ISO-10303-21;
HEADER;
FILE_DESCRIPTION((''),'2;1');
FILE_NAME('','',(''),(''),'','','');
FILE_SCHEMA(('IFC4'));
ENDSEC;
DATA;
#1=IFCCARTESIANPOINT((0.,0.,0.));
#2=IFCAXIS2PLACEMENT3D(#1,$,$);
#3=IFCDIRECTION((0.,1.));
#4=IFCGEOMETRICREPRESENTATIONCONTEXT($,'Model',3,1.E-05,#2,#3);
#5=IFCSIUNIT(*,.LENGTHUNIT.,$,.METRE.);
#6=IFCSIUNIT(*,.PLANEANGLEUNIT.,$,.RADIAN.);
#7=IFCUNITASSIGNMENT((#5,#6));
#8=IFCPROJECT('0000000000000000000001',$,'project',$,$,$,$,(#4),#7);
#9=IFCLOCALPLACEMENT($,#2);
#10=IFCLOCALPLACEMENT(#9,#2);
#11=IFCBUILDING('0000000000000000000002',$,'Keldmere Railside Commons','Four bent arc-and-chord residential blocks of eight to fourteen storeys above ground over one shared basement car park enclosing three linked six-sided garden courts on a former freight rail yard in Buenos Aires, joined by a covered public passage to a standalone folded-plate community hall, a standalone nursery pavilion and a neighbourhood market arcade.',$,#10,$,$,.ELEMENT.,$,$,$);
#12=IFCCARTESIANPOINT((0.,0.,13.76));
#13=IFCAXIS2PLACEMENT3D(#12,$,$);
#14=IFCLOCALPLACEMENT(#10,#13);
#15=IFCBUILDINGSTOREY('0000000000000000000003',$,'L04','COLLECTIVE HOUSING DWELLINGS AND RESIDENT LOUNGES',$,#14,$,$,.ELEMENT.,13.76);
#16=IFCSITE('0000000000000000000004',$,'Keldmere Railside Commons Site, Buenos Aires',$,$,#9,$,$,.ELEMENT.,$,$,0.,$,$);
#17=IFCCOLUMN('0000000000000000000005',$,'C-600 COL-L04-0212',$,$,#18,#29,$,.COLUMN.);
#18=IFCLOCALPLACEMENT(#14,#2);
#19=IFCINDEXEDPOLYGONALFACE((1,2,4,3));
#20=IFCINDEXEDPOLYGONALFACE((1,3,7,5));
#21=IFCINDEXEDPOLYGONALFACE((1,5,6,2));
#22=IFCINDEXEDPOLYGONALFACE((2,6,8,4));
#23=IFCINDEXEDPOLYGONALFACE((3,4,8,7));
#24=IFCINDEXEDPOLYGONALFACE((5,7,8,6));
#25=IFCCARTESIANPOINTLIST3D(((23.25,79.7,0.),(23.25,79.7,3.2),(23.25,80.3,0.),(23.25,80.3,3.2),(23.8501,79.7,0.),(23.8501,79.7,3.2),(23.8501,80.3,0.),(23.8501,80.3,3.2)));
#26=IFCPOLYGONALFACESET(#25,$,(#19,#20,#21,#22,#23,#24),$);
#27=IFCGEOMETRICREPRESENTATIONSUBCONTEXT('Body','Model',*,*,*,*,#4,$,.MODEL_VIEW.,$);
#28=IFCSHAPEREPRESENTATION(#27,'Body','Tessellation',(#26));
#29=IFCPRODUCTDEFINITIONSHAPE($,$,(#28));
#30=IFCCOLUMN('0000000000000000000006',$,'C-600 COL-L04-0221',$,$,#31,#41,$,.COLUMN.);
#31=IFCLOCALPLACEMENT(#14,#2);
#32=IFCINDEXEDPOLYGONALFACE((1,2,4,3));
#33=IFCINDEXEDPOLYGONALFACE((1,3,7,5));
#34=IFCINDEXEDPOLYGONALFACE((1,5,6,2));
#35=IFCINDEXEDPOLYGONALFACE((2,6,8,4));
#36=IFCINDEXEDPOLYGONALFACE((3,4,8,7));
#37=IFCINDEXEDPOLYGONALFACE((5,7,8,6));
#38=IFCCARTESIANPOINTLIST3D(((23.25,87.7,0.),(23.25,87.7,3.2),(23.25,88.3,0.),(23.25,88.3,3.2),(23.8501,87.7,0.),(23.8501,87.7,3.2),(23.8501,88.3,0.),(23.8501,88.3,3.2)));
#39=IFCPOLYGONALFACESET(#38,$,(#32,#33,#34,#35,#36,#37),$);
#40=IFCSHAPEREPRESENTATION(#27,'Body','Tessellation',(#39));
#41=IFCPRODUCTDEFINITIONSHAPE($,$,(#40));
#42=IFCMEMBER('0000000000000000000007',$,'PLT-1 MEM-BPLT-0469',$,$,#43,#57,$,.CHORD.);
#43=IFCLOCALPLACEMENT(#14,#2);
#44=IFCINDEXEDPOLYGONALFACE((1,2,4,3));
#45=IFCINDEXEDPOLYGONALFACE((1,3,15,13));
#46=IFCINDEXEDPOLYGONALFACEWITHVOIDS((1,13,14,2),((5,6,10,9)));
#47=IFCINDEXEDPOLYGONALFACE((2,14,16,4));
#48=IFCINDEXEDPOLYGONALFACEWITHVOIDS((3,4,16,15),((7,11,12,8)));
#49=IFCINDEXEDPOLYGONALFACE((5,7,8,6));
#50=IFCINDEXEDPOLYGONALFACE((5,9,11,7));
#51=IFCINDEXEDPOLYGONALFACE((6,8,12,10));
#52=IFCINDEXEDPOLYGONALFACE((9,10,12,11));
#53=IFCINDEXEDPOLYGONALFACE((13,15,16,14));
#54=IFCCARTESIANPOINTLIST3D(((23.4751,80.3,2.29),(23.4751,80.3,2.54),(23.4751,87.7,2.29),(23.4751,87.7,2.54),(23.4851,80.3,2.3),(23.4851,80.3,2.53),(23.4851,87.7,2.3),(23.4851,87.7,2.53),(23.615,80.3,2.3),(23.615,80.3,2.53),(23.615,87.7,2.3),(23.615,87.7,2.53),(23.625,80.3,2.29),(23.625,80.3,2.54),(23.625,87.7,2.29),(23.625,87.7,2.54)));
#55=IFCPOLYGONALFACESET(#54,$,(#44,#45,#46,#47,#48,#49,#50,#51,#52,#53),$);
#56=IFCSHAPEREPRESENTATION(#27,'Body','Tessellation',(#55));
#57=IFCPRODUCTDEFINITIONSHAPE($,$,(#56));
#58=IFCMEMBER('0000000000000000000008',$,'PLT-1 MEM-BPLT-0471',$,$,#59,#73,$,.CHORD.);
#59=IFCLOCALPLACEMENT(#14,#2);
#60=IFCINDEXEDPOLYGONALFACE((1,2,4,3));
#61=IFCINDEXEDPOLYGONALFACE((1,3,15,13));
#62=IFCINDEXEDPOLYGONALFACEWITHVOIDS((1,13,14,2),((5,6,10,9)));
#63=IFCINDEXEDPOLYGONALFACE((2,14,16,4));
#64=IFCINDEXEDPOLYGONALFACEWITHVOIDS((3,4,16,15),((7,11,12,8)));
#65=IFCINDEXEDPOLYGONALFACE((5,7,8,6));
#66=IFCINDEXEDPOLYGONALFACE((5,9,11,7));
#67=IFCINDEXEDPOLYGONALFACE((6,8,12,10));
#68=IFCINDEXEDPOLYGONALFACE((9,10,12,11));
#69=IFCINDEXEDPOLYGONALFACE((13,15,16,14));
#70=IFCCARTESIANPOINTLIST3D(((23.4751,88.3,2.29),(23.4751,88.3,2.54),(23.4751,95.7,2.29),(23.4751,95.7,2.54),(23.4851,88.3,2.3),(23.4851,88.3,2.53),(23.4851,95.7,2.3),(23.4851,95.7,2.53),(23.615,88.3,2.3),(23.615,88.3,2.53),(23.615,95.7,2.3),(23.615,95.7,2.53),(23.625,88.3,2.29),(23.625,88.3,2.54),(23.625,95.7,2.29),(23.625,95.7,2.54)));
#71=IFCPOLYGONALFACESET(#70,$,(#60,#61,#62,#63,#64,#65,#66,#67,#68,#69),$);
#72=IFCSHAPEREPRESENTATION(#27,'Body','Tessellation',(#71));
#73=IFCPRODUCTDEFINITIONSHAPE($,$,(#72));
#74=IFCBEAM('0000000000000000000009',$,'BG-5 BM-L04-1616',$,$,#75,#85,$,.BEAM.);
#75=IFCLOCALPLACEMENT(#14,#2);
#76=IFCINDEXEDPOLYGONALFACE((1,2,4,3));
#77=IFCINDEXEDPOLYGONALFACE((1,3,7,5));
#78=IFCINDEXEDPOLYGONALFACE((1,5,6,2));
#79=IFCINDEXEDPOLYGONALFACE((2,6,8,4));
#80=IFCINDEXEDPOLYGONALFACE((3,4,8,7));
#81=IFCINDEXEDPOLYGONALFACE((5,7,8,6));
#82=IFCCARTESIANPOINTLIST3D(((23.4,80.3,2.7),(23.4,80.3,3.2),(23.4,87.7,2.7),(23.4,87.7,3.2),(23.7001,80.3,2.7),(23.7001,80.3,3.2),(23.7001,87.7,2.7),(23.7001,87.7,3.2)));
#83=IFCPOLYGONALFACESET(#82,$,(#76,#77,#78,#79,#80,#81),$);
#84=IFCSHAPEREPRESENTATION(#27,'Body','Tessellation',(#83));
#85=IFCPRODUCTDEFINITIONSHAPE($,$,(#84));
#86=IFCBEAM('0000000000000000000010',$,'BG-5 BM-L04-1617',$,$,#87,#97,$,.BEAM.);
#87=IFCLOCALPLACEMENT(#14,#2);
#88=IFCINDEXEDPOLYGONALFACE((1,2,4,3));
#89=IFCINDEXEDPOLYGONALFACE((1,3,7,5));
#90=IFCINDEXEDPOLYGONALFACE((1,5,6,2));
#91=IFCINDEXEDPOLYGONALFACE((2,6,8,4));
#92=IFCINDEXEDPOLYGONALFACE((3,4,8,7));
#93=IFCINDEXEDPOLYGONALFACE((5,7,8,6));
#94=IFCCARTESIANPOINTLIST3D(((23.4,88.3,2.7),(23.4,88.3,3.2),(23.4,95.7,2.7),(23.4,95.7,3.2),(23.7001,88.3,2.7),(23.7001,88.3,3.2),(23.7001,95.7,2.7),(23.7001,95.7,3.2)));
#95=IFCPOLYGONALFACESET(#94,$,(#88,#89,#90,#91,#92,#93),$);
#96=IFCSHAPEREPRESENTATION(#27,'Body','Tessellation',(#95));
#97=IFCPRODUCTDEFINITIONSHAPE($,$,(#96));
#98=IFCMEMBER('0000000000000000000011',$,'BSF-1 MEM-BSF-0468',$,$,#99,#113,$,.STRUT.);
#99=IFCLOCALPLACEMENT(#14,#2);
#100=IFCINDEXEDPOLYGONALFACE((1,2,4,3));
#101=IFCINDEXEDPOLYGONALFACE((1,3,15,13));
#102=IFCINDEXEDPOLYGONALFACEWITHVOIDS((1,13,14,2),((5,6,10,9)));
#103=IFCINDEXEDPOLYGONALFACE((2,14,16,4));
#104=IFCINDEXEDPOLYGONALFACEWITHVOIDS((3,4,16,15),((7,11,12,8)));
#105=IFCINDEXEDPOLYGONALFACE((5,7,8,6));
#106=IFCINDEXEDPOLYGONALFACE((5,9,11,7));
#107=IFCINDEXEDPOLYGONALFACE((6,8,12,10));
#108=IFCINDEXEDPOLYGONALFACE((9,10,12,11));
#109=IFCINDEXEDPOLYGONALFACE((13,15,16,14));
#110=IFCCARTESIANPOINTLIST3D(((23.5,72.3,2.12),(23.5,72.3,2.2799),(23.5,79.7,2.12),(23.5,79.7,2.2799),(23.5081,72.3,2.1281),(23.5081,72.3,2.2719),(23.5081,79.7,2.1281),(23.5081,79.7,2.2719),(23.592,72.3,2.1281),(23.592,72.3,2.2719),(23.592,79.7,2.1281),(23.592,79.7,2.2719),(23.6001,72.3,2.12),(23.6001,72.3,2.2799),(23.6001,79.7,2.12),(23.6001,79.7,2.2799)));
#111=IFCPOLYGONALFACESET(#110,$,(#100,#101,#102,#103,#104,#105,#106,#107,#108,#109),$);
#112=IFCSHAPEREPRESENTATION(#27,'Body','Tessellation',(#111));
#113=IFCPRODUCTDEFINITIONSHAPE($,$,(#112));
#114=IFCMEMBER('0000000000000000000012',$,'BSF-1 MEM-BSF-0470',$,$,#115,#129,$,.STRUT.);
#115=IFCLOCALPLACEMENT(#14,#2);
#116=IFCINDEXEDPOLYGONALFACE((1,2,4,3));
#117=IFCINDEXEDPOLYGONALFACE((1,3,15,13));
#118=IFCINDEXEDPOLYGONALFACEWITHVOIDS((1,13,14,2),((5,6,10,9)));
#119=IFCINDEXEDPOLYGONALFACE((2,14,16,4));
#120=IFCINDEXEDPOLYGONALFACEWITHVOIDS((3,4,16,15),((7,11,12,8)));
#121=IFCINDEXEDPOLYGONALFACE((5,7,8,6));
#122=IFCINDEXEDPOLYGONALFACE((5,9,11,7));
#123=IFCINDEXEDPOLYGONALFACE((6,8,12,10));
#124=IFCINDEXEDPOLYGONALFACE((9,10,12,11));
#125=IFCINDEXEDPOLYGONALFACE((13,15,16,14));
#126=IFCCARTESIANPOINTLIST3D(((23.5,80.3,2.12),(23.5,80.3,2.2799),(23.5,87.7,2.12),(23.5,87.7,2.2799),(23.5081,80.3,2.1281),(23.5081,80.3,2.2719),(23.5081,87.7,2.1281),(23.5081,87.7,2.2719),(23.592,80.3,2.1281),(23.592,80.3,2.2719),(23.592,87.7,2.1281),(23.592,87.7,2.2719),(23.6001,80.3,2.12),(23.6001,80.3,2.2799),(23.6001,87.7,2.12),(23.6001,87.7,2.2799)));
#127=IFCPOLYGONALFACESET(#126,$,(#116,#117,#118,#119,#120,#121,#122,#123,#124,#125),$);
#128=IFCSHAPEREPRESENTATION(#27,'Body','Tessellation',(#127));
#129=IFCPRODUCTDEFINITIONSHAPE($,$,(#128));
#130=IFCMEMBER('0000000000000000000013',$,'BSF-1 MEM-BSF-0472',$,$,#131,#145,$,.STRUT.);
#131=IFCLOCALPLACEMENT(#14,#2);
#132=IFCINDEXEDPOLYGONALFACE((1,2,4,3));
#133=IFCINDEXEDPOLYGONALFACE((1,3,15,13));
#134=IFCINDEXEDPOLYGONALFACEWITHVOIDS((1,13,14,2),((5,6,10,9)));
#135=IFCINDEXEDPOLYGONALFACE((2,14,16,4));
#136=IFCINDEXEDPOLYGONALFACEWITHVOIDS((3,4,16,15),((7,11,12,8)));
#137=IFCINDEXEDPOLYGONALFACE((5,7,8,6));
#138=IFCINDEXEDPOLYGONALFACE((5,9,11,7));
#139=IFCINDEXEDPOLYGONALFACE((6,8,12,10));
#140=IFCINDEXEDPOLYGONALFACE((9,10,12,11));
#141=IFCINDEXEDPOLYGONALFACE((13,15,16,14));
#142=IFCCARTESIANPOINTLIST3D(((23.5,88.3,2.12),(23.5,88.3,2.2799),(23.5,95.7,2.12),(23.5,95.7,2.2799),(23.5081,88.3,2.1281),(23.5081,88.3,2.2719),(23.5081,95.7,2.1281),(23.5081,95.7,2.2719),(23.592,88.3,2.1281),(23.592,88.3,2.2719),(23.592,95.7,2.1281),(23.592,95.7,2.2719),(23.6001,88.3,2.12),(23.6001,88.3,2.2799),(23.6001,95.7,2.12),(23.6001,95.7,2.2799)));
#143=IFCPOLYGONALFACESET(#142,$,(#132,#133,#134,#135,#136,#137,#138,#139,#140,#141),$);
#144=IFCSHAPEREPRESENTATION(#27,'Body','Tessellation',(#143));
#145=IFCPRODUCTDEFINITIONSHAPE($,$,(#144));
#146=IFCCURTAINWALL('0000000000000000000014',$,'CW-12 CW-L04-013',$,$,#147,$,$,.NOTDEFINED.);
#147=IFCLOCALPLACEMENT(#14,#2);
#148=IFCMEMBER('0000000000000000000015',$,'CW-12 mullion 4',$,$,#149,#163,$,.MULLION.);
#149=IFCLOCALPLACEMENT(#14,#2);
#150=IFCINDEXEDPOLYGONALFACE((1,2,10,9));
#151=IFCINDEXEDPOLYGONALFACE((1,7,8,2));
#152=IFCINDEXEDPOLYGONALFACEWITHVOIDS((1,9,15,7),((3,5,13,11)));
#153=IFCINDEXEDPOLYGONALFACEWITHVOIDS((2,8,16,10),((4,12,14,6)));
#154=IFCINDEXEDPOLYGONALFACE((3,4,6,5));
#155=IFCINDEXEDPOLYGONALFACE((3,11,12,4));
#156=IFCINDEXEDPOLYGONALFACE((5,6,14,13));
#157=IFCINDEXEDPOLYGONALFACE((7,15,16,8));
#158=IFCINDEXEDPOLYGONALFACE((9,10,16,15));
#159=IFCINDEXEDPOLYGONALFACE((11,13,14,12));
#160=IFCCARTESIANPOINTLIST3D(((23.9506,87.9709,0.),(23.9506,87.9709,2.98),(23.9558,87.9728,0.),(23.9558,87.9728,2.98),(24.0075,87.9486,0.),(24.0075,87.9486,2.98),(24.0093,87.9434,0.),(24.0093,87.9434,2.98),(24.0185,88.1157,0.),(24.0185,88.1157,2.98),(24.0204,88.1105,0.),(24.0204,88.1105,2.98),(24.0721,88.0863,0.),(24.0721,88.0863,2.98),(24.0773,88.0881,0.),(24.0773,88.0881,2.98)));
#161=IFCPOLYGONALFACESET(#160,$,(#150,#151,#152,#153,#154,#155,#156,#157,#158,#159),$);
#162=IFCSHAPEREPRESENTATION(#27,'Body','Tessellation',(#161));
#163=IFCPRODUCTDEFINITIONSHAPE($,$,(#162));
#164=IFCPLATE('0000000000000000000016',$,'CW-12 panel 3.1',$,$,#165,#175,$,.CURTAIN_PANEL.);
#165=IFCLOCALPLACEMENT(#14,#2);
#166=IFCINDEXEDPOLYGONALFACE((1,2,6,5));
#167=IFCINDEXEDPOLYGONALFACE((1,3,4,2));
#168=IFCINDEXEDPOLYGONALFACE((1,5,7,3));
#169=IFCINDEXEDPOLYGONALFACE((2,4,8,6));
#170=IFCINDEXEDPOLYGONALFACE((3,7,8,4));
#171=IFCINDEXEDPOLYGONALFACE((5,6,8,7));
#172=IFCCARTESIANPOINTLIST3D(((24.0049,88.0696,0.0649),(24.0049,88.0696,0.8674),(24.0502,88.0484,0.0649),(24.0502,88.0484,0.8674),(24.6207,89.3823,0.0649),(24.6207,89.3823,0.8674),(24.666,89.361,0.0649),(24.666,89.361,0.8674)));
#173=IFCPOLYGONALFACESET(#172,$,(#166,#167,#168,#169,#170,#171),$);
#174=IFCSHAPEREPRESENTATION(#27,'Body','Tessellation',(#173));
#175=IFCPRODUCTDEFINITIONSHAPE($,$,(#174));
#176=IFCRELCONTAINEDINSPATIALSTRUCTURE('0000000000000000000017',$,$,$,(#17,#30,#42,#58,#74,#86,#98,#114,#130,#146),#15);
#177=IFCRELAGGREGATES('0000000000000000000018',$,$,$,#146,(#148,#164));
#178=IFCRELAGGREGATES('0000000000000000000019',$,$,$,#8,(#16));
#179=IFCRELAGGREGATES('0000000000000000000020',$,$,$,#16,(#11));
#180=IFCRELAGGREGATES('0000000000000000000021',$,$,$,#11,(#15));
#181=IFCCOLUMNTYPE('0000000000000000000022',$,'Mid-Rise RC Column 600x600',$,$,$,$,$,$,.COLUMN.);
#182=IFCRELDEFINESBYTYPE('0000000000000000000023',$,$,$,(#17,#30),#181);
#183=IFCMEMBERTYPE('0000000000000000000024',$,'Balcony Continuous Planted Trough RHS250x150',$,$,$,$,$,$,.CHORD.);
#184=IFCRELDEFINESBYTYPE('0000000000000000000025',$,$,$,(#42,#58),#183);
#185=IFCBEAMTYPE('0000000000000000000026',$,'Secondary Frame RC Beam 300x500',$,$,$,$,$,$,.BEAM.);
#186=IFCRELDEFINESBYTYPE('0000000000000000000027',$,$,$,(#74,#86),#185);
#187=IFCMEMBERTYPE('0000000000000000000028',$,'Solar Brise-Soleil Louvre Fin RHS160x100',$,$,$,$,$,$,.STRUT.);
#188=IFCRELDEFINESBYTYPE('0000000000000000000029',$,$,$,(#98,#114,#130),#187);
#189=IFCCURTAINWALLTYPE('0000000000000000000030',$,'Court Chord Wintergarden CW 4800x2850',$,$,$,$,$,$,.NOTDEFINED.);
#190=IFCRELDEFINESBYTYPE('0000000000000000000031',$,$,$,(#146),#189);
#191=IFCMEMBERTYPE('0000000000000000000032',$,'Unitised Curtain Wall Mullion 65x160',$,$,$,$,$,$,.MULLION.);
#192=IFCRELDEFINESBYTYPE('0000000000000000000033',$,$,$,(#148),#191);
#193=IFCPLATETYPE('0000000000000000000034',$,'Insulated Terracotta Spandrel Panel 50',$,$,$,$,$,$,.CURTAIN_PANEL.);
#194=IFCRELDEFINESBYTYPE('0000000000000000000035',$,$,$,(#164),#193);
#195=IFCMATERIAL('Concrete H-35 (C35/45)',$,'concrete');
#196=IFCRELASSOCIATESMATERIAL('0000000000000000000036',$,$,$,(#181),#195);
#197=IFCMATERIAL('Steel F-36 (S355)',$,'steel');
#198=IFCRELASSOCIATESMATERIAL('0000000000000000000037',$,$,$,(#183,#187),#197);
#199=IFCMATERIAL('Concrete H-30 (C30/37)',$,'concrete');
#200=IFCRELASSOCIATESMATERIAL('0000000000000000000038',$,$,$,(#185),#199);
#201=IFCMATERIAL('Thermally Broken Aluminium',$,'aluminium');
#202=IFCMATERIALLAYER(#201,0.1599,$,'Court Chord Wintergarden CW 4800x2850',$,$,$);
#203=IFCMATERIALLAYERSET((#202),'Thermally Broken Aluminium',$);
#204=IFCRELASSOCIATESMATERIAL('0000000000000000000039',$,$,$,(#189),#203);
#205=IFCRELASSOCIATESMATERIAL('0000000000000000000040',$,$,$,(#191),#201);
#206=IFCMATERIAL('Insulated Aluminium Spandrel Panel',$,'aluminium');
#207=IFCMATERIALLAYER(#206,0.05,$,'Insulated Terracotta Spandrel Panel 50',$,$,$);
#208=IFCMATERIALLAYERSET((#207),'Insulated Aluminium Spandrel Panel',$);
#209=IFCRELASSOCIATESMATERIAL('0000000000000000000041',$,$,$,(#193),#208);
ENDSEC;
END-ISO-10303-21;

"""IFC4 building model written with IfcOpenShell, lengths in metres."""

from ifc_helpers import new_model, si_unit, direction, frame, origin, origin_2d, place, context, subcontext, project, spatial, rectangle, hollow_rectangle, extrude, material, layer, layer_set, material_profile, profile_set, type_object, element, aggregate, save


model = new_model("IFC4")

# Units and contexts
model_context = context("Model", 3, precision=1e-05, world=origin(), true_north=direction((0.0, 1.0)))
body_context = subcontext(model_context, "Body", "Model", "MODEL_VIEW")
ifc_project = project(units=[si_unit("LENGTHUNIT", "METRE"), si_unit("PLANEANGLEUNIT", "RADIAN")], contexts=[model_context])

# Site, building, storey
site_placement = place(None, origin())
site = spatial("IfcSite", under=ifc_project, at=site_placement, Name="Keldmere Railside Commons Site, Buenos Aires", CompositionType="ELEMENT", RefElevation=0.0)
building_placement = place(site_placement, origin())
building = spatial("IfcBuilding", under=site, at=building_placement, Name="Keldmere Railside Commons", Description="Four bent arc-and-chord residential blocks of eight to fourteen storeys above ground over one shared basement car park enclosing three linked six-sided garden courts on a former freight rail yard in Buenos Aires, joined by a covered public passage to a standalone folded-plate community hall, a standalone nursery pavilion and a neighbourhood market arcade.", CompositionType="ELEMENT")
storey_placement = place(building_placement, frame((0.0, 0.0, 13.76)))
storey = spatial("IfcBuildingStorey", under=building, at=storey_placement, Name="L04", Description="COLLECTIVE HOUSING DWELLINGS AND RESIDENT LOUNGES", CompositionType="ELEMENT", Elevation=13.76)

# Columns
ifc_material_1 = material(Name="Concrete H-35 (C35/45)", Category="concrete")
ifc_material_profile_1 = material_profile(ifc_material_1, rectangle(XDim=0.6001, YDim=0.6001, at=origin_2d()), Name="RC-600x600")
ifc_profile_set_1 = profile_set([ifc_material_profile_1], Name="Concrete H-35 (C35/45)")
column_type = type_object("IfcColumnType", Name="Mid-Rise RC Column 600x600", PredefinedType="COLUMN", material=ifc_profile_set_1)
for number, where, z_axis, x_axis, name in (
    (1, (23.55, 80.0, 0.0), (0.0, 0.0, 1.0), (1.0, 0.0, 0.0), "C-600 COL-L04-0212"),
    (2, (23.55, 88.0, 0.0), (0.0, 0.0, 1.0), (1.0, 0.0, 0.0), "C-600 COL-L04-0221"),
):
    element("IfcColumn", number, at=place(storey_placement, frame(where, z_axis=z_axis, x_axis=x_axis)), inside=storey, type_object=column_type, Name=name, PredefinedType="COLUMN", context=body_context, shape_type="SweptSolid", body=[
        extrude(rectangle(XDim=0.6001, YDim=0.6001, at=origin_2d()), origin(), (0.0, 0.0, 1.0), 3.2),
    ])

# Members
ifc_material_2 = material(Name="Steel F-36 (S355)", Category="steel")
ifc_material_profile_2 = material_profile(ifc_material_2, hollow_rectangle(XDim=0.1499, YDim=0.25, WallThickness=0.01, at=origin_2d()), Name="RHS-250x150x10")
ifc_profile_set_2 = profile_set([ifc_material_profile_2], Name="Steel F-36 (S355)")
member_type_1 = type_object("IfcMemberType", Name="Balcony Continuous Planted Trough RHS250x150", PredefinedType="CHORD", material=ifc_profile_set_2)
for number, where, z_axis, x_axis, name in (
    (3, (23.55, 80.3, 2.415), (0.0, 1.0, 0.0), (-1.0, 0.0, 0.0), "PLT-1 MEM-BPLT-0469"),
    (4, (23.55, 88.3, 2.415), (0.0, 1.0, 0.0), (-1.0, 0.0, 0.0), "PLT-1 MEM-BPLT-0471"),
):
    element("IfcMember", number, at=place(storey_placement, frame(where, z_axis=z_axis, x_axis=x_axis)), inside=storey, type_object=member_type_1, Name=name, PredefinedType="CHORD", context=body_context, shape_type="SweptSolid", body=[
        extrude(hollow_rectangle(XDim=0.1499, YDim=0.25, WallThickness=0.01, at=origin_2d()), origin(), (0.0, 0.0, 1.0), 7.3999),
    ])

# Beams
ifc_material_3 = material(Name="Concrete H-30 (C30/37)", Category="concrete")
ifc_material_profile_3 = material_profile(ifc_material_3, rectangle(XDim=0.3, YDim=0.5, at=origin_2d()), Name="RC-300x500")
ifc_profile_set_3 = profile_set([ifc_material_profile_3], Name="Concrete H-30 (C30/37)")
beam_type = type_object("IfcBeamType", Name="Secondary Frame RC Beam 300x500", PredefinedType="BEAM", material=ifc_profile_set_3)
for number, where, z_axis, x_axis, name in (
    (5, (23.55, 80.3, 2.95), (0.0, 1.0, 0.0), (-1.0, 0.0, 0.0), "BG-5 BM-L04-1616"),
    (6, (23.55, 88.3, 2.95), (0.0, 1.0, 0.0), (-1.0, 0.0, 0.0), "BG-5 BM-L04-1617"),
):
    element("IfcBeam", number, at=place(storey_placement, frame(where, z_axis=z_axis, x_axis=x_axis)), inside=storey, type_object=beam_type, Name=name, PredefinedType="BEAM", context=body_context, shape_type="SweptSolid", body=[
        extrude(rectangle(XDim=0.3, YDim=0.5, at=origin_2d()), origin(), (0.0, 0.0, 1.0), 7.3999),
    ])

# Members
ifc_material_profile_4 = material_profile(ifc_material_2, hollow_rectangle(XDim=0.1001, YDim=0.1599, WallThickness=0.0081, at=origin_2d()), Name="RHS-160x100x8")
ifc_profile_set_4 = profile_set([ifc_material_profile_4], Name="Steel F-36 (S355)")
member_type_2 = type_object("IfcMemberType", Name="Solar Brise-Soleil Louvre Fin RHS160x100", PredefinedType="STRUT", material=ifc_profile_set_4)
for number, where, z_axis, x_axis, name in (
    (7, (23.55, 72.3, 2.2), (0.0, 1.0, 0.0), (-1.0, 0.0, 0.0), "BSF-1 MEM-BSF-0468"),
    (8, (23.55, 80.3, 2.2), (0.0, 1.0, 0.0), (-1.0, 0.0, 0.0), "BSF-1 MEM-BSF-0470"),
    (9, (23.55, 88.3, 2.2), (0.0, 1.0, 0.0), (-1.0, 0.0, 0.0), "BSF-1 MEM-BSF-0472"),
):
    element("IfcMember", number, at=place(storey_placement, frame(where, z_axis=z_axis, x_axis=x_axis)), inside=storey, type_object=member_type_2, Name=name, PredefinedType="STRUT", context=body_context, shape_type="SweptSolid", body=[
        extrude(hollow_rectangle(XDim=0.1001, YDim=0.1599, WallThickness=0.0081, at=origin_2d()), origin(), (0.0, 0.0, 1.0), 7.3999),
    ])

# Curtain wall, member, plate
ifc_material_4 = material(Name="Thermally Broken Aluminium", Category="aluminium")
ifc_layer_1 = layer(ifc_material_4, 0.1599, Name="Court Chord Wintergarden CW 4800x2850")
ifc_layer_set_1 = layer_set([ifc_layer_1], Name="Thermally Broken Aluminium")
curtain_wall_type = type_object("IfcCurtainWallType", Name="Court Chord Wintergarden CW 4800x2850", PredefinedType="NOTDEFINED", material=ifc_layer_set_1)
curtain_wall_placement = place(storey_placement, origin())
curtain_wall = element("IfcCurtainWall", 10, at=curtain_wall_placement, inside=storey, type_object=curtain_wall_type, Name="CW-12 CW-L04-013", PredefinedType="NOTDEFINED")
ifc_material_profile_5 = material_profile(ifc_material_4, hollow_rectangle(XDim=0.0649, YDim=0.1599, WallThickness=0.0039, at=origin_2d()), Name="ALU-MULL-65x160")
ifc_profile_set_5 = profile_set([ifc_material_profile_5], Name="Thermally Broken Aluminium")
member_type_3 = type_object("IfcMemberType", Name="Unitised Curtain Wall Mullion 65x160", PredefinedType="MULLION", material=ifc_profile_set_5)
member_placement = place(storey_placement, frame((24.0139, 88.0295, 0.0), z_axis=(0.0, 0.0, 1.0), x_axis=(0.905306, -0.424759, 0.0)))
member = element("IfcMember", 11, at=member_placement, type_object=member_type_3, Name="CW-12 mullion 4", PredefinedType="MULLION", context=body_context, shape_type="SweptSolid", body=[
    extrude(hollow_rectangle(XDim=0.0649, YDim=0.1599, WallThickness=0.0039, at=origin_2d()), origin(), (0.0, 0.0, 1.0), 2.98),
])
ifc_material_5 = material(Name="Insulated Aluminium Spandrel Panel", Category="aluminium")
ifc_layer_2 = layer(ifc_material_5, 0.05, Name="Insulated Terracotta Spandrel Panel 50")
ifc_layer_set_2 = layer_set([ifc_layer_2], Name="Insulated Aluminium Spandrel Panel")
plate_type = type_object("IfcPlateType", Name="Insulated Terracotta Spandrel Panel 50", PredefinedType="CURTAIN_PANEL", material=ifc_layer_set_2)
plate_placement = place(storey_placement, frame((24.3354, 88.7153, 0.0649), z_axis=(0.0, 0.0, 1.0), x_axis=(-0.424759, -0.905306, 0.0)))
plate = element("IfcPlate", 12, at=plate_placement, type_object=plate_type, Name="CW-12 panel 3.1", PredefinedType="CURTAIN_PANEL", context=body_context, shape_type="SweptSolid", body=[
    extrude(rectangle(XDim=1.45, YDim=0.05, at=origin_2d()), origin(), (0.0, 0.0, 1.0), 0.8025),
])
aggregate(curtain_wall, [member, plate])

save(model, "model.ifc")
